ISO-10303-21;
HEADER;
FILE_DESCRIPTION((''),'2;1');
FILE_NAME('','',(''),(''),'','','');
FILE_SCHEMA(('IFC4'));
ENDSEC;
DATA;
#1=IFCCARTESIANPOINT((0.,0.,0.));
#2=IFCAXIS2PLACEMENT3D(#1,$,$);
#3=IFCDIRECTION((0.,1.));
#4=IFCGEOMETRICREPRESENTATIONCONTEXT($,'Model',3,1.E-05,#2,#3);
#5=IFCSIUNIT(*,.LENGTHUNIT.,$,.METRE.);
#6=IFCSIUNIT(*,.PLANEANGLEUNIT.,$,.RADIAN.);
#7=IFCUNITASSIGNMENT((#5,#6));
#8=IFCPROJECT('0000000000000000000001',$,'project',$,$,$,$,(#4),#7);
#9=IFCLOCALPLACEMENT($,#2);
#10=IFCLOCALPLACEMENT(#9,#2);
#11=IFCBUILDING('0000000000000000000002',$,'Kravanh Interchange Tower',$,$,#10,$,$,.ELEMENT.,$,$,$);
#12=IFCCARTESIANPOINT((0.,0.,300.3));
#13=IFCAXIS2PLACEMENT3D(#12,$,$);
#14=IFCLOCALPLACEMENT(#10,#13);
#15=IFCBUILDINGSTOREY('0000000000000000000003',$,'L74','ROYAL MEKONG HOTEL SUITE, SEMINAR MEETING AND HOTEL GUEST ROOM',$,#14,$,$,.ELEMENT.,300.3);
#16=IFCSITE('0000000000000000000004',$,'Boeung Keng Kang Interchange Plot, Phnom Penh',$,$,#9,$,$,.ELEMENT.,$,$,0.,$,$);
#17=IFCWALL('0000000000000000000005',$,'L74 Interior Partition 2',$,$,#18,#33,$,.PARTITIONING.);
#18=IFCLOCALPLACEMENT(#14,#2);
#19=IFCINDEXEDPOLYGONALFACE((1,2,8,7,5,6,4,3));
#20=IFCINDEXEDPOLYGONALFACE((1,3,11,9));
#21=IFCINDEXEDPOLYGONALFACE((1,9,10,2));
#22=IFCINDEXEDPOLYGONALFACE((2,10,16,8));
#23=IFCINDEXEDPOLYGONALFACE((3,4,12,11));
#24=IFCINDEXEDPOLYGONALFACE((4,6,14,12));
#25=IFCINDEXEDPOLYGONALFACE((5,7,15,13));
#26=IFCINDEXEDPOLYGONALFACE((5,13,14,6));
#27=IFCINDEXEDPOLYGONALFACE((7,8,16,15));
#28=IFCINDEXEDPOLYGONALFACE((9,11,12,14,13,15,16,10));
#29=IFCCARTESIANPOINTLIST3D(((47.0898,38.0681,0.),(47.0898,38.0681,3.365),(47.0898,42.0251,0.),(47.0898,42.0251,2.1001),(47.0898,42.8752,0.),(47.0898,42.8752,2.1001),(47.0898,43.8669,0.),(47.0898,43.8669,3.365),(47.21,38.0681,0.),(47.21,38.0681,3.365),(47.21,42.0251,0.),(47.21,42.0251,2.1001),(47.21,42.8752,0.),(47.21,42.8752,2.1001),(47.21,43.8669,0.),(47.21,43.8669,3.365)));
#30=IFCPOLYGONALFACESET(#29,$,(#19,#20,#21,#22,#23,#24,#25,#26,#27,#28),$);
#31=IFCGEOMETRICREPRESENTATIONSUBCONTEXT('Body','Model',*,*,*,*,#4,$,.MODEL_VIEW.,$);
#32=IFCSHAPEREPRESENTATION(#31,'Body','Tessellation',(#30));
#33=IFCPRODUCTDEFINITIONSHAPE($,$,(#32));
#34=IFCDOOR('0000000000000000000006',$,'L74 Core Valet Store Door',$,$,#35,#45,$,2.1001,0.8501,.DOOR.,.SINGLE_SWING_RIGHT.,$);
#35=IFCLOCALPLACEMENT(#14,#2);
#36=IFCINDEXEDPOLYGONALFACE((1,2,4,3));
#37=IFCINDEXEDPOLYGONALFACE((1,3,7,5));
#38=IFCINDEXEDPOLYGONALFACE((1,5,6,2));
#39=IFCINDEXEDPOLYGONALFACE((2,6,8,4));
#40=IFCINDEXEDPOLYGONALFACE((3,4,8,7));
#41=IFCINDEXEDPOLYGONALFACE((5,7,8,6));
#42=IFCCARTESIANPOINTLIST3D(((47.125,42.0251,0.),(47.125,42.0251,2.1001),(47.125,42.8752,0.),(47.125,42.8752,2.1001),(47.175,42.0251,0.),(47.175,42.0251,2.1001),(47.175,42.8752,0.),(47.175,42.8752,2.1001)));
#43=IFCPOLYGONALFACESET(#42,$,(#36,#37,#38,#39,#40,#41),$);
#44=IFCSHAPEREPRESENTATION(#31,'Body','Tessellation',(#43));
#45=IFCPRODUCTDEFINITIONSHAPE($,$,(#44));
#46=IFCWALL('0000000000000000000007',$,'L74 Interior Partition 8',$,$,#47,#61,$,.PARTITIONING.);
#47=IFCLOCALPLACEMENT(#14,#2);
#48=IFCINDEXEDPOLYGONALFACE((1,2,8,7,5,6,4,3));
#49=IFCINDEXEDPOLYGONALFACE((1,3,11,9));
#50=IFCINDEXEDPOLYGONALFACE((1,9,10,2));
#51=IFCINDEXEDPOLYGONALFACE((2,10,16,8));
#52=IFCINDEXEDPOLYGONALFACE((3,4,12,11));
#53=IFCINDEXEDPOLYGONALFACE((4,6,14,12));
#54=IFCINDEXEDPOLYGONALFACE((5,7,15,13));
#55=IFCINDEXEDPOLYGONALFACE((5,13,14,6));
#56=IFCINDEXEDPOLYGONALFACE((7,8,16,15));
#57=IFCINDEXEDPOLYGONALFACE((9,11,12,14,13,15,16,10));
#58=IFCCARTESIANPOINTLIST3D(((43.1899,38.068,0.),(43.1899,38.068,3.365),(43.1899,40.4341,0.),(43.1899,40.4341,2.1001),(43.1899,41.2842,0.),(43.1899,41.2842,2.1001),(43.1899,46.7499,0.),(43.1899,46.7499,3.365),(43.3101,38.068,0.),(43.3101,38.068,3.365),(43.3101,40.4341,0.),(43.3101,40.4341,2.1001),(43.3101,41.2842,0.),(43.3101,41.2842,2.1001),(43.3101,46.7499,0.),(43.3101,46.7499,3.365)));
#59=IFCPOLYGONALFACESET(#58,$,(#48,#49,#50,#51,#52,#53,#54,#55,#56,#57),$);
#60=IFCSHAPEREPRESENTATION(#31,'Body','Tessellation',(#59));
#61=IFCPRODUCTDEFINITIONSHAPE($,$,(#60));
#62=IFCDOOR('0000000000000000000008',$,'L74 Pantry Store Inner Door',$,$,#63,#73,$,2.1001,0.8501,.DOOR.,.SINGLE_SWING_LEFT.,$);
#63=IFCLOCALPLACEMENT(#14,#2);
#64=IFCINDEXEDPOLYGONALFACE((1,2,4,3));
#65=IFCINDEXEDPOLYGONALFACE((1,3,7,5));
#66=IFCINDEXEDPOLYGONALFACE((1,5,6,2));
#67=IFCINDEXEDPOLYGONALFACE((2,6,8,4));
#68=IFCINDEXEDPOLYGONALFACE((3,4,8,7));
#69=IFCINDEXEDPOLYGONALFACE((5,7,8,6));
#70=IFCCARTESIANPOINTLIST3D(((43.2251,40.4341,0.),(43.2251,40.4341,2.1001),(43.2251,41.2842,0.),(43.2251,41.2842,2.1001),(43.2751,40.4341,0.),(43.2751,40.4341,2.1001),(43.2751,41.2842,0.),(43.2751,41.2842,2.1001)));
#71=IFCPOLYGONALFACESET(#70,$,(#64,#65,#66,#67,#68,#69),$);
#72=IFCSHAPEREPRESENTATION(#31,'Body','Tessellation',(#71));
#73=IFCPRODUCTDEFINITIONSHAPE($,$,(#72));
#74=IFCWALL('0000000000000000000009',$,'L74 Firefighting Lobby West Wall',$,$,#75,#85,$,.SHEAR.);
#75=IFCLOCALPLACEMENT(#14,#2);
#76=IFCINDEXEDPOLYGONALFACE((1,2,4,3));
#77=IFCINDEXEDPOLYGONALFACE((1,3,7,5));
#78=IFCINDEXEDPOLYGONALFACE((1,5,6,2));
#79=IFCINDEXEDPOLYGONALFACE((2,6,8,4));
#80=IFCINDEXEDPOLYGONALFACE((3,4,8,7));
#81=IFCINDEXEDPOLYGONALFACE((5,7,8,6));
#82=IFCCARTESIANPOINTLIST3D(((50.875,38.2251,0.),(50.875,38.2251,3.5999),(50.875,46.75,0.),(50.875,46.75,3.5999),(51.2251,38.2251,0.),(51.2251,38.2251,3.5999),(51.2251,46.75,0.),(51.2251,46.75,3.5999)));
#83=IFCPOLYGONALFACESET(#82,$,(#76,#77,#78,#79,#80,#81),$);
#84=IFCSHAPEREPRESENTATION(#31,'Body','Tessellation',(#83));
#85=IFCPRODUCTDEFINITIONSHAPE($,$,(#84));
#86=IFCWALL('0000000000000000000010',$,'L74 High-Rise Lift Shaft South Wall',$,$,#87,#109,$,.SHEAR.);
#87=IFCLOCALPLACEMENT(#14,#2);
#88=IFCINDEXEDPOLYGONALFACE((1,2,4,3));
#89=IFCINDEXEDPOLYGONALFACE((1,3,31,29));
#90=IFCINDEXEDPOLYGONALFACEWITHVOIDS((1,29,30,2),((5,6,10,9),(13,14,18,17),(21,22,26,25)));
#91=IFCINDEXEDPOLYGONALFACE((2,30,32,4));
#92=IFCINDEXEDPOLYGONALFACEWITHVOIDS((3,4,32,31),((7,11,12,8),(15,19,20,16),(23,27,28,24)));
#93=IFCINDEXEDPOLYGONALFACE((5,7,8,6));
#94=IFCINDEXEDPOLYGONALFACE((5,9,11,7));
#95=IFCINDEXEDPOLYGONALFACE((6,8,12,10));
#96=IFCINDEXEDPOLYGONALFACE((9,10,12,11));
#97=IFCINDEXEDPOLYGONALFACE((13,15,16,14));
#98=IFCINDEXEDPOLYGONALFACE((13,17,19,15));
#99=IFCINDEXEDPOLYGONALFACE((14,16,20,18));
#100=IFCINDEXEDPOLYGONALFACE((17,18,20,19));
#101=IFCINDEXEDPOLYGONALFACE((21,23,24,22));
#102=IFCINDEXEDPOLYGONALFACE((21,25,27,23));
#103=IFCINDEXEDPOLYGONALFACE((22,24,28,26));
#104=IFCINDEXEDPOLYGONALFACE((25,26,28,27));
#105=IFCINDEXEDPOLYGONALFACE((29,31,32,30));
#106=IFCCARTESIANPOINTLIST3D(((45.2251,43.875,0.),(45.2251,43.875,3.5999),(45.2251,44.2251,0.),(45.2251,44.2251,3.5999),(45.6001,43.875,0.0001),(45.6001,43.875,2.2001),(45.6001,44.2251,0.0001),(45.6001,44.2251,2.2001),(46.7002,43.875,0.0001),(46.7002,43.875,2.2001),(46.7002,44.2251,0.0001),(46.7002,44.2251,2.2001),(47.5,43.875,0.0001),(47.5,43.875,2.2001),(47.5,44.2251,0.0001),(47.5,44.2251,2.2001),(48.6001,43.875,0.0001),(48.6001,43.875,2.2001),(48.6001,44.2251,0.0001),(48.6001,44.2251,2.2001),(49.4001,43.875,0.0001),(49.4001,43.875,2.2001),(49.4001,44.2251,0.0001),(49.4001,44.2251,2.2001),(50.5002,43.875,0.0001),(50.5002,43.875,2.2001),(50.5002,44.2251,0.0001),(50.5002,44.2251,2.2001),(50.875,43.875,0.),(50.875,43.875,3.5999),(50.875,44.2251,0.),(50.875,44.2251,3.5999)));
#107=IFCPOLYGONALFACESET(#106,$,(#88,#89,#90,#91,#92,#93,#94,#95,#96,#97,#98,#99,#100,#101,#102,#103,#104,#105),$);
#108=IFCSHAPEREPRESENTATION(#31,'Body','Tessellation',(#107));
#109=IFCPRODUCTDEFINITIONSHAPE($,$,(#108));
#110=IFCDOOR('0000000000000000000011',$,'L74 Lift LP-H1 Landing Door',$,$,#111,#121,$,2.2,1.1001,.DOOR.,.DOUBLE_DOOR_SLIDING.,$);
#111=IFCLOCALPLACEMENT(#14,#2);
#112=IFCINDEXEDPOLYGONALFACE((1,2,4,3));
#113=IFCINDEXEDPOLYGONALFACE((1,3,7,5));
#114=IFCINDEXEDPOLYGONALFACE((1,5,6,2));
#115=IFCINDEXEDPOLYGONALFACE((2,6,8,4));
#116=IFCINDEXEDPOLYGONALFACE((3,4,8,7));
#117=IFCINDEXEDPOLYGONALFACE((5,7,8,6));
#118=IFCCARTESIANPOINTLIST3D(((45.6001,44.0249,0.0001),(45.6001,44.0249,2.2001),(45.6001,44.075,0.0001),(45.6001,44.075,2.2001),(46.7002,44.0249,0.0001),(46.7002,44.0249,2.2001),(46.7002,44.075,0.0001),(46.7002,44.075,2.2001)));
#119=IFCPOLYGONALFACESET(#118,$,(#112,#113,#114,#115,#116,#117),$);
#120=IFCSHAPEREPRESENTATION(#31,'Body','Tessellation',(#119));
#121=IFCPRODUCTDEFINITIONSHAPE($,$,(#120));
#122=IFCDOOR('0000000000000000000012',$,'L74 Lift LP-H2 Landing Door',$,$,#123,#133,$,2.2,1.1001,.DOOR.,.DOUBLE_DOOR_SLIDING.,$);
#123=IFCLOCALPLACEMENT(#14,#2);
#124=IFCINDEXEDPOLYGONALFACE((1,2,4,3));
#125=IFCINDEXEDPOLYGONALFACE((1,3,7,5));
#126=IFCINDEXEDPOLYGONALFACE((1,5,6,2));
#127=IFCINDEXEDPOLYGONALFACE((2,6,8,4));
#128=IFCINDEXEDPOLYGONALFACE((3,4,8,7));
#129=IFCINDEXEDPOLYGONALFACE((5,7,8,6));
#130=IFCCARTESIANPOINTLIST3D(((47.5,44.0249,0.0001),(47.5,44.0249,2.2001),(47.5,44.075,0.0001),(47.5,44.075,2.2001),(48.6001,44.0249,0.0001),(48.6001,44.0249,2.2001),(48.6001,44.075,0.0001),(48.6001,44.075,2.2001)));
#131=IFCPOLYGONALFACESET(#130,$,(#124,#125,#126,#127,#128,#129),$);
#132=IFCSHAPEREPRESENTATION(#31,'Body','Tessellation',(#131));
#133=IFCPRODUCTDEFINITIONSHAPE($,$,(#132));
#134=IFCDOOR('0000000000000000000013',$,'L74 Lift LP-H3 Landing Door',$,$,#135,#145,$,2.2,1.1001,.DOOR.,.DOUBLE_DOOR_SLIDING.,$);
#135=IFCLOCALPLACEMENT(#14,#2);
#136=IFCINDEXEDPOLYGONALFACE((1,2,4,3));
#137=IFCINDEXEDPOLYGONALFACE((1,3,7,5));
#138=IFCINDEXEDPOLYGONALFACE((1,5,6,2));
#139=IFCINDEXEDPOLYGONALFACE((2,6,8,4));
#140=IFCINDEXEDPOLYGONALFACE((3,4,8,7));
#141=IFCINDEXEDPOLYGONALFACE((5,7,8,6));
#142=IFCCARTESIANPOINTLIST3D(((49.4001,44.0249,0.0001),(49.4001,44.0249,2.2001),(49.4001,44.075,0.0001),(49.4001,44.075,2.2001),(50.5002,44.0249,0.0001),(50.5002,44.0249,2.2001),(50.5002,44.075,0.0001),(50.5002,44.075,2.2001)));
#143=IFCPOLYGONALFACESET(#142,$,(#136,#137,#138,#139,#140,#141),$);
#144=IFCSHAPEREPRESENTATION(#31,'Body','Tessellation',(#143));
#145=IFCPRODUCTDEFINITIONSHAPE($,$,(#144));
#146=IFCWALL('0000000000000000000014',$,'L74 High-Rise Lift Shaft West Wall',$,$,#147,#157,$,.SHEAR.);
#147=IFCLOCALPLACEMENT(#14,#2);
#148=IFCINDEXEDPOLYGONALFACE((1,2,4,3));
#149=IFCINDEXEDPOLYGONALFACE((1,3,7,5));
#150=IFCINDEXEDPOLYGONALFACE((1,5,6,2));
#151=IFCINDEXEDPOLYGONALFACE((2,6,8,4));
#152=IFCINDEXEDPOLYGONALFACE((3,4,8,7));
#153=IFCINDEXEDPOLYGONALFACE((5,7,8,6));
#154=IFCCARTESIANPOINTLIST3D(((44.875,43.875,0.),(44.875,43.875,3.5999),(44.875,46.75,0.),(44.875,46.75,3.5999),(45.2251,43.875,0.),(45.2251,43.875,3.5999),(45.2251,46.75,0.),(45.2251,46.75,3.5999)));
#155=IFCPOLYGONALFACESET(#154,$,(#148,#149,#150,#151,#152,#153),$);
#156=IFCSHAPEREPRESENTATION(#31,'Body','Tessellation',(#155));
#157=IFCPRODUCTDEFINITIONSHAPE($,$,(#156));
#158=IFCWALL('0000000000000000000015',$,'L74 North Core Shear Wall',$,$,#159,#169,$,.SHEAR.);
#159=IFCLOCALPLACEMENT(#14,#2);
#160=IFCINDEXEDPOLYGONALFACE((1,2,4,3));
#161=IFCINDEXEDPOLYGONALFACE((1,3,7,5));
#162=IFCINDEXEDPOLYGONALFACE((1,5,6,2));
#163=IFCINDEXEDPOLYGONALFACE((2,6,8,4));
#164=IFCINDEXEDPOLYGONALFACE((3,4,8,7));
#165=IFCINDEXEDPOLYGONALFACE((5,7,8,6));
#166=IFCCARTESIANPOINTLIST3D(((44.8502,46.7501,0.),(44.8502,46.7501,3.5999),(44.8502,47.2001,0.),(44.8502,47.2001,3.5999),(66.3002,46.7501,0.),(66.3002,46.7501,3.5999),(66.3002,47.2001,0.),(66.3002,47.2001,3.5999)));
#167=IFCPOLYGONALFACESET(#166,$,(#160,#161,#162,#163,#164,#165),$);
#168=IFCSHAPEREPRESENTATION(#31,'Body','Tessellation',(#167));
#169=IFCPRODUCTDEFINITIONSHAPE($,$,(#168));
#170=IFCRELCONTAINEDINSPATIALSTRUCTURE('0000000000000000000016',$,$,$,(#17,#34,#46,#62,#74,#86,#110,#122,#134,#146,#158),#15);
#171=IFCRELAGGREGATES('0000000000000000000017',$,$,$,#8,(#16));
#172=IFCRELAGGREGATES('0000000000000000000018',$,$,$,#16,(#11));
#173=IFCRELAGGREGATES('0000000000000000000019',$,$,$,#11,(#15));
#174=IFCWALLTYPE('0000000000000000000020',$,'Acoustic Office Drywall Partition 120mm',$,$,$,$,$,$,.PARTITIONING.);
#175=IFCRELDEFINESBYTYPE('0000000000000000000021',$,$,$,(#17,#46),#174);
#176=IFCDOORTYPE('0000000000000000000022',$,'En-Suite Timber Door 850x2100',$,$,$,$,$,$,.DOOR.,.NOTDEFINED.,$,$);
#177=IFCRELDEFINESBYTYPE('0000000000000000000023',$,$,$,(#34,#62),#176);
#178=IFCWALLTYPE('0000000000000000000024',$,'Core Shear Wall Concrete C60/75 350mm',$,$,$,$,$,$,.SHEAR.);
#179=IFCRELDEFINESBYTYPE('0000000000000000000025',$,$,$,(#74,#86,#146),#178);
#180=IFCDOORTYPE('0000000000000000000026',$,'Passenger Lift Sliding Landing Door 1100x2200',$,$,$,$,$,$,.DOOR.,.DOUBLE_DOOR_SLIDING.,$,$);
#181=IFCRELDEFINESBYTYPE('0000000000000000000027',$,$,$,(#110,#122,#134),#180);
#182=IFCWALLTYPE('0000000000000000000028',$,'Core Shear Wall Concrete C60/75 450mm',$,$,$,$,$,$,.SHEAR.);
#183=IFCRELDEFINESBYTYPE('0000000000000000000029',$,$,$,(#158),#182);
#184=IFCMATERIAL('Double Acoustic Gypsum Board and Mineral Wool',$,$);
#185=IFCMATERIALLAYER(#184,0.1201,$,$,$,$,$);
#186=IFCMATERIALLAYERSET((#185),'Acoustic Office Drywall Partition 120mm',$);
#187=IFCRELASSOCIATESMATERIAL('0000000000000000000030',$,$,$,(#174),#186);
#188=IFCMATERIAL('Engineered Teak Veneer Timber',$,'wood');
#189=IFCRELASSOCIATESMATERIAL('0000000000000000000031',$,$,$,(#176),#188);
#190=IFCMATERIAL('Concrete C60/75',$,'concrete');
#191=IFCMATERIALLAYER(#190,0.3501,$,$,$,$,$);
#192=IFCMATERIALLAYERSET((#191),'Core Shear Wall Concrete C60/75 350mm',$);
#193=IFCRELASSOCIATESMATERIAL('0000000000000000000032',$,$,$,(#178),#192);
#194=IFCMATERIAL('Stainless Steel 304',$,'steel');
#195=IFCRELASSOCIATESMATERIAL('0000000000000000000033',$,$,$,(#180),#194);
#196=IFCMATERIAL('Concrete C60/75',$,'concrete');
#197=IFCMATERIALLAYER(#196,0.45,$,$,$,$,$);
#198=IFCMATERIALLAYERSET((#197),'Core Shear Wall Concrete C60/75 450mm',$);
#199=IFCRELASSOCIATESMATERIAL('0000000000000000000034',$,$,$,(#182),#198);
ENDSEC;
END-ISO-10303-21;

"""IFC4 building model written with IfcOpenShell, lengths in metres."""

from ifc_helpers import new_model, si_unit, direction, frame, frame_2d, origin, place, context, subcontext, project, spatial, rectangle, extrude, material, layer, layer_set, type_object, element, fill, save


model = new_model("IFC4")

# Units and contexts
model_context = context("Model", 3, precision=1e-05, world=origin(), true_north=direction((0.0, 1.0)))
body_context = subcontext(model_context, "Body", "Model", "MODEL_VIEW")
ifc_project = project(units=[si_unit("LENGTHUNIT", "METRE"), si_unit("PLANEANGLEUNIT", "RADIAN")], contexts=[model_context])

# Site, building, storey
site_placement = place(None, origin())
site = spatial("IfcSite", under=ifc_project, at=site_placement, Name="Boeung Keng Kang Interchange Plot, Phnom Penh", CompositionType="ELEMENT", RefElevation=0.0)
building_placement = place(site_placement, origin())
building = spatial("IfcBuilding", under=site, at=building_placement, Name="Kravanh Interchange Tower", CompositionType="ELEMENT")
storey_placement = place(building_placement, frame((0.0, 0.0, 300.3)))
storey = spatial("IfcBuildingStorey", under=building, at=storey_placement, Name="L74", Description="ROYAL MEKONG HOTEL SUITE, SEMINAR MEETING AND HOTEL GUEST ROOM", CompositionType="ELEMENT", Elevation=300.3)

# Walls, openings, doors
ifc_material_1 = material(Name="Double Acoustic Gypsum Board and Mineral Wool")
ifc_layer_1 = layer(ifc_material_1, 0.1201)
ifc_layer_set_1 = layer_set([ifc_layer_1], Name="Acoustic Office Drywall Partition 120mm")
wall_type_1 = type_object("IfcWallType", Name="Acoustic Office Drywall Partition 120mm", PredefinedType="PARTITIONING", material=ifc_layer_set_1)
wall_1_placement = place(storey_placement, frame((47.1499, 38.0681, 0.0), z_axis=(0.0, 0.0, 1.0), x_axis=(0.0, 1.0, 0.0)))
wall_1 = element("IfcWall", 1, at=wall_1_placement, inside=storey, type_object=wall_type_1, Name="L74 Interior Partition 2", PredefinedType="PARTITIONING", context=body_context, shape_type="SweptSolid", body=[
    extrude(rectangle(XDim=5.7988, YDim=0.1201, at=frame_2d((2.8994, 0.0))), origin(), (0.0, 0.0, 1.0), 3.365),
])
opening_1_placement = place(wall_1_placement, frame((3.957, 0.0, 0.0)))
opening_1 = element("IfcOpeningElement", 2, at=opening_1_placement, cuts=wall_1, PredefinedType="OPENING", context=body_context, shape_type="SweptSolid", body=[
    extrude(rectangle(XDim=0.8501, YDim=2.1001, at=frame_2d((0.425, 1.05))), frame((0.0, 0.0701, 0.0), z_axis=(0.0, -1.0, 0.0), x_axis=(1.0, 0.0, 0.0)), (0.0, 0.0, 1.0), 0.1401),
])
ifc_material_2 = material(Name="Engineered Teak Veneer Timber", Category="wood")
door_type_1 = type_object("IfcDoorType", Name="En-Suite Timber Door 850x2100", OperationType="NOTDEFINED", PredefinedType="DOOR", material=ifc_material_2)
door_1_placement = place(opening_1_placement, origin())
door_1 = element("IfcDoor", 3, at=door_1_placement, inside=storey, type_object=door_type_1, Name="L74 Core Valet Store Door", OperationType="SINGLE_SWING_RIGHT", OverallHeight=2.1001, OverallWidth=0.8501, PredefinedType="DOOR", context=body_context, shape_type="SweptSolid", body=[
    extrude(rectangle(XDim=0.8501, YDim=2.1001, at=frame_2d((0.425, 1.05))), frame((0.0, 0.0249, 0.0), z_axis=(0.0, -1.0, 0.0), x_axis=(1.0, 0.0, 0.0)), (0.0, 0.0, 1.0), 0.05),
])
fill(opening_1, door_1)
wall_2_placement = place(storey_placement, frame((43.25, 38.0681, 0.0), z_axis=(0.0, 0.0, 1.0), x_axis=(0.0, 1.0, 0.0)))
wall_2 = element("IfcWall", 4, at=wall_2_placement, inside=storey, type_object=wall_type_1, Name="L74 Interior Partition 8", PredefinedType="PARTITIONING", context=body_context, shape_type="SweptSolid", body=[
    extrude(rectangle(XDim=8.6819, YDim=0.1201, at=frame_2d((4.3408, 0.0))), origin(), (0.0, 0.0, 1.0), 3.365),
])
opening_2_placement = place(wall_2_placement, frame((2.366, 0.0, 0.0)))
opening_2 = element("IfcOpeningElement", 5, at=opening_2_placement, cuts=wall_2, PredefinedType="OPENING", context=body_context, shape_type="SweptSolid", body=[
    extrude(rectangle(XDim=0.8501, YDim=2.1001, at=frame_2d((0.425, 1.05))), frame((0.0, 0.0701, 0.0), z_axis=(0.0, -1.0, 0.0), x_axis=(1.0, 0.0, 0.0)), (0.0, 0.0, 1.0), 0.1401),
])
door_2_placement = place(opening_2_placement, origin())
door_2 = element("IfcDoor", 6, at=door_2_placement, inside=storey, type_object=door_type_1, Name="L74 Pantry Store Inner Door", OperationType="SINGLE_SWING_LEFT", OverallHeight=2.1001, OverallWidth=0.8501, PredefinedType="DOOR", context=body_context, shape_type="SweptSolid", body=[
    extrude(rectangle(XDim=0.8501, YDim=2.1001, at=frame_2d((0.425, 1.05))), frame((0.0, 0.0249, 0.0), z_axis=(0.0, -1.0, 0.0), x_axis=(1.0, 0.0, 0.0)), (0.0, 0.0, 1.0), 0.05),
])
fill(opening_2, door_2)

# Wall
ifc_material_3 = material(Name="Concrete C60/75", Category="concrete")
ifc_layer_2 = layer(ifc_material_3, 0.3501)
ifc_layer_set_2 = layer_set([ifc_layer_2], Name="Core Shear Wall Concrete C60/75 350mm")
wall_type_2 = type_object("IfcWallType", Name="Core Shear Wall Concrete C60/75 350mm", PredefinedType="SHEAR", material=ifc_layer_set_2)
wall_3_placement = place(storey_placement, frame((51.05, 38.2251, 0.0), z_axis=(0.0, 0.0, 1.0), x_axis=(0.0, 1.0, 0.0)))
element("IfcWall", 7, at=wall_3_placement, inside=storey, type_object=wall_type_2, Name="L74 Firefighting Lobby West Wall", PredefinedType="SHEAR", context=body_context, shape_type="SweptSolid", body=[
    extrude(rectangle(XDim=8.5249, YDim=0.3501, at=frame_2d((4.2625, 0.0))), origin(), (0.0, 0.0, 1.0), 3.5999),
])

# Wall, openings, doors
wall_4_placement = place(storey_placement, frame((45.2251, 44.05, 0.0), z_axis=(0.0, 0.0, 1.0), x_axis=(1.0, 0.0, 0.0)))
wall_4 = element("IfcWall", 8, at=wall_4_placement, inside=storey, type_object=wall_type_2, Name="L74 High-Rise Lift Shaft South Wall", PredefinedType="SHEAR", context=body_context, shape_type="SweptSolid", body=[
    extrude(rectangle(XDim=5.6499, YDim=0.3501, at=frame_2d((2.825, 0.0))), origin(), (0.0, 0.0, 1.0), 3.5999),
])
opening_3_placement = place(wall_4_placement, frame((0.375, 0.0, 0.0)))
opening_3 = element("IfcOpeningElement", 9, at=opening_3_placement, cuts=wall_4, PredefinedType="OPENING", context=body_context, shape_type="SweptSolid", body=[
    extrude(rectangle(XDim=1.1001, YDim=2.2, at=frame_2d((0.55, 1.1001))), frame((0.0, 0.1851, 0.0), z_axis=(0.0, -1.0, 0.0), x_axis=(1.0, 0.0, 0.0)), (0.0, 0.0, 1.0), 0.3701),
])
opening_4_placement = place(wall_4_placement, frame((2.2749, 0.0, 0.0)))
opening_4 = element("IfcOpeningElement", 10, at=opening_4_placement, cuts=wall_4, PredefinedType="OPENING", context=body_context, shape_type="SweptSolid", body=[
    extrude(rectangle(XDim=1.1001, YDim=2.2, at=frame_2d((0.55, 1.1001))), frame((0.0, 0.1851, 0.0), z_axis=(0.0, -1.0, 0.0), x_axis=(1.0, 0.0, 0.0)), (0.0, 0.0, 1.0), 0.3701),
])
opening_5_placement = place(wall_4_placement, frame((4.175, 0.0, 0.0)))
opening_5 = element("IfcOpeningElement", 11, at=opening_5_placement, cuts=wall_4, PredefinedType="OPENING", context=body_context, shape_type="SweptSolid", body=[
    extrude(rectangle(XDim=1.1001, YDim=2.2, at=frame_2d((0.55, 1.1001))), frame((0.0, 0.1851, 0.0), z_axis=(0.0, -1.0, 0.0), x_axis=(1.0, 0.0, 0.0)), (0.0, 0.0, 1.0), 0.3701),
])
ifc_material_4 = material(Name="Stainless Steel 304", Category="steel")
door_type_2 = type_object("IfcDoorType", Name="Passenger Lift Sliding Landing Door 1100x2200", OperationType="DOUBLE_DOOR_SLIDING", PredefinedType="DOOR", material=ifc_material_4)
door_3_placement = place(opening_3_placement, origin())
door_3 = element("IfcDoor", 12, at=door_3_placement, inside=storey, type_object=door_type_2, Name="L74 Lift LP-H1 Landing Door", OperationType="DOUBLE_DOOR_SLIDING", OverallHeight=2.2, OverallWidth=1.1001, PredefinedType="DOOR", context=body_context, shape_type="SweptSolid", body=[
    extrude(rectangle(XDim=1.1001, YDim=2.2, at=frame_2d((0.55, 1.1001))), frame((0.0, 0.0249, 0.0), z_axis=(0.0, -1.0, 0.0), x_axis=(1.0, 0.0, 0.0)), (0.0, 0.0, 1.0), 0.05),
])
fill(opening_3, door_3)
door_4_placement = place(opening_4_placement, origin())
door_4 = element("IfcDoor", 13, at=door_4_placement, inside=storey, type_object=door_type_2, Name="L74 Lift LP-H2 Landing Door", OperationType="DOUBLE_DOOR_SLIDING", OverallHeight=2.2, OverallWidth=1.1001, PredefinedType="DOOR", context=body_context, shape_type="SweptSolid", body=[
    extrude(rectangle(XDim=1.1001, YDim=2.2, at=frame_2d((0.55, 1.1001))), frame((0.0, 0.0249, 0.0), z_axis=(0.0, -1.0, 0.0), x_axis=(1.0, 0.0, 0.0)), (0.0, 0.0, 1.0), 0.05),
])
fill(opening_4, door_4)
door_5_placement = place(opening_5_placement, origin())
door_5 = element("IfcDoor", 14, at=door_5_placement, inside=storey, type_object=door_type_2, Name="L74 Lift LP-H3 Landing Door", OperationType="DOUBLE_DOOR_SLIDING", OverallHeight=2.2, OverallWidth=1.1001, PredefinedType="DOOR", context=body_context, shape_type="SweptSolid", body=[
    extrude(rectangle(XDim=1.1001, YDim=2.2, at=frame_2d((0.55, 1.1001))), frame((0.0, 0.0249, 0.0), z_axis=(0.0, -1.0, 0.0), x_axis=(1.0, 0.0, 0.0)), (0.0, 0.0, 1.0), 0.05),
])
fill(opening_5, door_5)

# Walls
wall_5_placement = place(storey_placement, frame((45.05, 43.875, 0.0), z_axis=(0.0, 0.0, 1.0), x_axis=(0.0, 1.0, 0.0)))
element("IfcWall", 15, at=wall_5_placement, inside=storey, type_object=wall_type_2, Name="L74 High-Rise Lift Shaft West Wall", PredefinedType="SHEAR", context=body_context, shape_type="SweptSolid", body=[
    extrude(rectangle(XDim=2.875, YDim=0.3501, at=frame_2d((1.4375, 0.0))), origin(), (0.0, 0.0, 1.0), 3.5999),
])
ifc_material_5 = material(Name="Concrete C60/75", Category="concrete")
ifc_layer_3 = layer(ifc_material_5, 0.45)
ifc_layer_set_3 = layer_set([ifc_layer_3], Name="Core Shear Wall Concrete C60/75 450mm")
wall_type_3 = type_object("IfcWallType", Name="Core Shear Wall Concrete C60/75 450mm", PredefinedType="SHEAR", material=ifc_layer_set_3)
wall_6_placement = place(storey_placement, frame((44.8501, 46.9751, 0.0), z_axis=(0.0, 0.0, 1.0), x_axis=(1.0, 0.0, 0.0)))
element("IfcWall", 16, at=wall_6_placement, inside=storey, type_object=wall_type_3, Name="L74 North Core Shear Wall", PredefinedType="SHEAR", context=body_context, shape_type="SweptSolid", body=[
    extrude(rectangle(XDim=21.45, YDim=0.45, at=frame_2d((10.7251, 0.0))), origin(), (0.0, 0.0, 1.0), 3.5999),
])

save(model, "model.ifc")
